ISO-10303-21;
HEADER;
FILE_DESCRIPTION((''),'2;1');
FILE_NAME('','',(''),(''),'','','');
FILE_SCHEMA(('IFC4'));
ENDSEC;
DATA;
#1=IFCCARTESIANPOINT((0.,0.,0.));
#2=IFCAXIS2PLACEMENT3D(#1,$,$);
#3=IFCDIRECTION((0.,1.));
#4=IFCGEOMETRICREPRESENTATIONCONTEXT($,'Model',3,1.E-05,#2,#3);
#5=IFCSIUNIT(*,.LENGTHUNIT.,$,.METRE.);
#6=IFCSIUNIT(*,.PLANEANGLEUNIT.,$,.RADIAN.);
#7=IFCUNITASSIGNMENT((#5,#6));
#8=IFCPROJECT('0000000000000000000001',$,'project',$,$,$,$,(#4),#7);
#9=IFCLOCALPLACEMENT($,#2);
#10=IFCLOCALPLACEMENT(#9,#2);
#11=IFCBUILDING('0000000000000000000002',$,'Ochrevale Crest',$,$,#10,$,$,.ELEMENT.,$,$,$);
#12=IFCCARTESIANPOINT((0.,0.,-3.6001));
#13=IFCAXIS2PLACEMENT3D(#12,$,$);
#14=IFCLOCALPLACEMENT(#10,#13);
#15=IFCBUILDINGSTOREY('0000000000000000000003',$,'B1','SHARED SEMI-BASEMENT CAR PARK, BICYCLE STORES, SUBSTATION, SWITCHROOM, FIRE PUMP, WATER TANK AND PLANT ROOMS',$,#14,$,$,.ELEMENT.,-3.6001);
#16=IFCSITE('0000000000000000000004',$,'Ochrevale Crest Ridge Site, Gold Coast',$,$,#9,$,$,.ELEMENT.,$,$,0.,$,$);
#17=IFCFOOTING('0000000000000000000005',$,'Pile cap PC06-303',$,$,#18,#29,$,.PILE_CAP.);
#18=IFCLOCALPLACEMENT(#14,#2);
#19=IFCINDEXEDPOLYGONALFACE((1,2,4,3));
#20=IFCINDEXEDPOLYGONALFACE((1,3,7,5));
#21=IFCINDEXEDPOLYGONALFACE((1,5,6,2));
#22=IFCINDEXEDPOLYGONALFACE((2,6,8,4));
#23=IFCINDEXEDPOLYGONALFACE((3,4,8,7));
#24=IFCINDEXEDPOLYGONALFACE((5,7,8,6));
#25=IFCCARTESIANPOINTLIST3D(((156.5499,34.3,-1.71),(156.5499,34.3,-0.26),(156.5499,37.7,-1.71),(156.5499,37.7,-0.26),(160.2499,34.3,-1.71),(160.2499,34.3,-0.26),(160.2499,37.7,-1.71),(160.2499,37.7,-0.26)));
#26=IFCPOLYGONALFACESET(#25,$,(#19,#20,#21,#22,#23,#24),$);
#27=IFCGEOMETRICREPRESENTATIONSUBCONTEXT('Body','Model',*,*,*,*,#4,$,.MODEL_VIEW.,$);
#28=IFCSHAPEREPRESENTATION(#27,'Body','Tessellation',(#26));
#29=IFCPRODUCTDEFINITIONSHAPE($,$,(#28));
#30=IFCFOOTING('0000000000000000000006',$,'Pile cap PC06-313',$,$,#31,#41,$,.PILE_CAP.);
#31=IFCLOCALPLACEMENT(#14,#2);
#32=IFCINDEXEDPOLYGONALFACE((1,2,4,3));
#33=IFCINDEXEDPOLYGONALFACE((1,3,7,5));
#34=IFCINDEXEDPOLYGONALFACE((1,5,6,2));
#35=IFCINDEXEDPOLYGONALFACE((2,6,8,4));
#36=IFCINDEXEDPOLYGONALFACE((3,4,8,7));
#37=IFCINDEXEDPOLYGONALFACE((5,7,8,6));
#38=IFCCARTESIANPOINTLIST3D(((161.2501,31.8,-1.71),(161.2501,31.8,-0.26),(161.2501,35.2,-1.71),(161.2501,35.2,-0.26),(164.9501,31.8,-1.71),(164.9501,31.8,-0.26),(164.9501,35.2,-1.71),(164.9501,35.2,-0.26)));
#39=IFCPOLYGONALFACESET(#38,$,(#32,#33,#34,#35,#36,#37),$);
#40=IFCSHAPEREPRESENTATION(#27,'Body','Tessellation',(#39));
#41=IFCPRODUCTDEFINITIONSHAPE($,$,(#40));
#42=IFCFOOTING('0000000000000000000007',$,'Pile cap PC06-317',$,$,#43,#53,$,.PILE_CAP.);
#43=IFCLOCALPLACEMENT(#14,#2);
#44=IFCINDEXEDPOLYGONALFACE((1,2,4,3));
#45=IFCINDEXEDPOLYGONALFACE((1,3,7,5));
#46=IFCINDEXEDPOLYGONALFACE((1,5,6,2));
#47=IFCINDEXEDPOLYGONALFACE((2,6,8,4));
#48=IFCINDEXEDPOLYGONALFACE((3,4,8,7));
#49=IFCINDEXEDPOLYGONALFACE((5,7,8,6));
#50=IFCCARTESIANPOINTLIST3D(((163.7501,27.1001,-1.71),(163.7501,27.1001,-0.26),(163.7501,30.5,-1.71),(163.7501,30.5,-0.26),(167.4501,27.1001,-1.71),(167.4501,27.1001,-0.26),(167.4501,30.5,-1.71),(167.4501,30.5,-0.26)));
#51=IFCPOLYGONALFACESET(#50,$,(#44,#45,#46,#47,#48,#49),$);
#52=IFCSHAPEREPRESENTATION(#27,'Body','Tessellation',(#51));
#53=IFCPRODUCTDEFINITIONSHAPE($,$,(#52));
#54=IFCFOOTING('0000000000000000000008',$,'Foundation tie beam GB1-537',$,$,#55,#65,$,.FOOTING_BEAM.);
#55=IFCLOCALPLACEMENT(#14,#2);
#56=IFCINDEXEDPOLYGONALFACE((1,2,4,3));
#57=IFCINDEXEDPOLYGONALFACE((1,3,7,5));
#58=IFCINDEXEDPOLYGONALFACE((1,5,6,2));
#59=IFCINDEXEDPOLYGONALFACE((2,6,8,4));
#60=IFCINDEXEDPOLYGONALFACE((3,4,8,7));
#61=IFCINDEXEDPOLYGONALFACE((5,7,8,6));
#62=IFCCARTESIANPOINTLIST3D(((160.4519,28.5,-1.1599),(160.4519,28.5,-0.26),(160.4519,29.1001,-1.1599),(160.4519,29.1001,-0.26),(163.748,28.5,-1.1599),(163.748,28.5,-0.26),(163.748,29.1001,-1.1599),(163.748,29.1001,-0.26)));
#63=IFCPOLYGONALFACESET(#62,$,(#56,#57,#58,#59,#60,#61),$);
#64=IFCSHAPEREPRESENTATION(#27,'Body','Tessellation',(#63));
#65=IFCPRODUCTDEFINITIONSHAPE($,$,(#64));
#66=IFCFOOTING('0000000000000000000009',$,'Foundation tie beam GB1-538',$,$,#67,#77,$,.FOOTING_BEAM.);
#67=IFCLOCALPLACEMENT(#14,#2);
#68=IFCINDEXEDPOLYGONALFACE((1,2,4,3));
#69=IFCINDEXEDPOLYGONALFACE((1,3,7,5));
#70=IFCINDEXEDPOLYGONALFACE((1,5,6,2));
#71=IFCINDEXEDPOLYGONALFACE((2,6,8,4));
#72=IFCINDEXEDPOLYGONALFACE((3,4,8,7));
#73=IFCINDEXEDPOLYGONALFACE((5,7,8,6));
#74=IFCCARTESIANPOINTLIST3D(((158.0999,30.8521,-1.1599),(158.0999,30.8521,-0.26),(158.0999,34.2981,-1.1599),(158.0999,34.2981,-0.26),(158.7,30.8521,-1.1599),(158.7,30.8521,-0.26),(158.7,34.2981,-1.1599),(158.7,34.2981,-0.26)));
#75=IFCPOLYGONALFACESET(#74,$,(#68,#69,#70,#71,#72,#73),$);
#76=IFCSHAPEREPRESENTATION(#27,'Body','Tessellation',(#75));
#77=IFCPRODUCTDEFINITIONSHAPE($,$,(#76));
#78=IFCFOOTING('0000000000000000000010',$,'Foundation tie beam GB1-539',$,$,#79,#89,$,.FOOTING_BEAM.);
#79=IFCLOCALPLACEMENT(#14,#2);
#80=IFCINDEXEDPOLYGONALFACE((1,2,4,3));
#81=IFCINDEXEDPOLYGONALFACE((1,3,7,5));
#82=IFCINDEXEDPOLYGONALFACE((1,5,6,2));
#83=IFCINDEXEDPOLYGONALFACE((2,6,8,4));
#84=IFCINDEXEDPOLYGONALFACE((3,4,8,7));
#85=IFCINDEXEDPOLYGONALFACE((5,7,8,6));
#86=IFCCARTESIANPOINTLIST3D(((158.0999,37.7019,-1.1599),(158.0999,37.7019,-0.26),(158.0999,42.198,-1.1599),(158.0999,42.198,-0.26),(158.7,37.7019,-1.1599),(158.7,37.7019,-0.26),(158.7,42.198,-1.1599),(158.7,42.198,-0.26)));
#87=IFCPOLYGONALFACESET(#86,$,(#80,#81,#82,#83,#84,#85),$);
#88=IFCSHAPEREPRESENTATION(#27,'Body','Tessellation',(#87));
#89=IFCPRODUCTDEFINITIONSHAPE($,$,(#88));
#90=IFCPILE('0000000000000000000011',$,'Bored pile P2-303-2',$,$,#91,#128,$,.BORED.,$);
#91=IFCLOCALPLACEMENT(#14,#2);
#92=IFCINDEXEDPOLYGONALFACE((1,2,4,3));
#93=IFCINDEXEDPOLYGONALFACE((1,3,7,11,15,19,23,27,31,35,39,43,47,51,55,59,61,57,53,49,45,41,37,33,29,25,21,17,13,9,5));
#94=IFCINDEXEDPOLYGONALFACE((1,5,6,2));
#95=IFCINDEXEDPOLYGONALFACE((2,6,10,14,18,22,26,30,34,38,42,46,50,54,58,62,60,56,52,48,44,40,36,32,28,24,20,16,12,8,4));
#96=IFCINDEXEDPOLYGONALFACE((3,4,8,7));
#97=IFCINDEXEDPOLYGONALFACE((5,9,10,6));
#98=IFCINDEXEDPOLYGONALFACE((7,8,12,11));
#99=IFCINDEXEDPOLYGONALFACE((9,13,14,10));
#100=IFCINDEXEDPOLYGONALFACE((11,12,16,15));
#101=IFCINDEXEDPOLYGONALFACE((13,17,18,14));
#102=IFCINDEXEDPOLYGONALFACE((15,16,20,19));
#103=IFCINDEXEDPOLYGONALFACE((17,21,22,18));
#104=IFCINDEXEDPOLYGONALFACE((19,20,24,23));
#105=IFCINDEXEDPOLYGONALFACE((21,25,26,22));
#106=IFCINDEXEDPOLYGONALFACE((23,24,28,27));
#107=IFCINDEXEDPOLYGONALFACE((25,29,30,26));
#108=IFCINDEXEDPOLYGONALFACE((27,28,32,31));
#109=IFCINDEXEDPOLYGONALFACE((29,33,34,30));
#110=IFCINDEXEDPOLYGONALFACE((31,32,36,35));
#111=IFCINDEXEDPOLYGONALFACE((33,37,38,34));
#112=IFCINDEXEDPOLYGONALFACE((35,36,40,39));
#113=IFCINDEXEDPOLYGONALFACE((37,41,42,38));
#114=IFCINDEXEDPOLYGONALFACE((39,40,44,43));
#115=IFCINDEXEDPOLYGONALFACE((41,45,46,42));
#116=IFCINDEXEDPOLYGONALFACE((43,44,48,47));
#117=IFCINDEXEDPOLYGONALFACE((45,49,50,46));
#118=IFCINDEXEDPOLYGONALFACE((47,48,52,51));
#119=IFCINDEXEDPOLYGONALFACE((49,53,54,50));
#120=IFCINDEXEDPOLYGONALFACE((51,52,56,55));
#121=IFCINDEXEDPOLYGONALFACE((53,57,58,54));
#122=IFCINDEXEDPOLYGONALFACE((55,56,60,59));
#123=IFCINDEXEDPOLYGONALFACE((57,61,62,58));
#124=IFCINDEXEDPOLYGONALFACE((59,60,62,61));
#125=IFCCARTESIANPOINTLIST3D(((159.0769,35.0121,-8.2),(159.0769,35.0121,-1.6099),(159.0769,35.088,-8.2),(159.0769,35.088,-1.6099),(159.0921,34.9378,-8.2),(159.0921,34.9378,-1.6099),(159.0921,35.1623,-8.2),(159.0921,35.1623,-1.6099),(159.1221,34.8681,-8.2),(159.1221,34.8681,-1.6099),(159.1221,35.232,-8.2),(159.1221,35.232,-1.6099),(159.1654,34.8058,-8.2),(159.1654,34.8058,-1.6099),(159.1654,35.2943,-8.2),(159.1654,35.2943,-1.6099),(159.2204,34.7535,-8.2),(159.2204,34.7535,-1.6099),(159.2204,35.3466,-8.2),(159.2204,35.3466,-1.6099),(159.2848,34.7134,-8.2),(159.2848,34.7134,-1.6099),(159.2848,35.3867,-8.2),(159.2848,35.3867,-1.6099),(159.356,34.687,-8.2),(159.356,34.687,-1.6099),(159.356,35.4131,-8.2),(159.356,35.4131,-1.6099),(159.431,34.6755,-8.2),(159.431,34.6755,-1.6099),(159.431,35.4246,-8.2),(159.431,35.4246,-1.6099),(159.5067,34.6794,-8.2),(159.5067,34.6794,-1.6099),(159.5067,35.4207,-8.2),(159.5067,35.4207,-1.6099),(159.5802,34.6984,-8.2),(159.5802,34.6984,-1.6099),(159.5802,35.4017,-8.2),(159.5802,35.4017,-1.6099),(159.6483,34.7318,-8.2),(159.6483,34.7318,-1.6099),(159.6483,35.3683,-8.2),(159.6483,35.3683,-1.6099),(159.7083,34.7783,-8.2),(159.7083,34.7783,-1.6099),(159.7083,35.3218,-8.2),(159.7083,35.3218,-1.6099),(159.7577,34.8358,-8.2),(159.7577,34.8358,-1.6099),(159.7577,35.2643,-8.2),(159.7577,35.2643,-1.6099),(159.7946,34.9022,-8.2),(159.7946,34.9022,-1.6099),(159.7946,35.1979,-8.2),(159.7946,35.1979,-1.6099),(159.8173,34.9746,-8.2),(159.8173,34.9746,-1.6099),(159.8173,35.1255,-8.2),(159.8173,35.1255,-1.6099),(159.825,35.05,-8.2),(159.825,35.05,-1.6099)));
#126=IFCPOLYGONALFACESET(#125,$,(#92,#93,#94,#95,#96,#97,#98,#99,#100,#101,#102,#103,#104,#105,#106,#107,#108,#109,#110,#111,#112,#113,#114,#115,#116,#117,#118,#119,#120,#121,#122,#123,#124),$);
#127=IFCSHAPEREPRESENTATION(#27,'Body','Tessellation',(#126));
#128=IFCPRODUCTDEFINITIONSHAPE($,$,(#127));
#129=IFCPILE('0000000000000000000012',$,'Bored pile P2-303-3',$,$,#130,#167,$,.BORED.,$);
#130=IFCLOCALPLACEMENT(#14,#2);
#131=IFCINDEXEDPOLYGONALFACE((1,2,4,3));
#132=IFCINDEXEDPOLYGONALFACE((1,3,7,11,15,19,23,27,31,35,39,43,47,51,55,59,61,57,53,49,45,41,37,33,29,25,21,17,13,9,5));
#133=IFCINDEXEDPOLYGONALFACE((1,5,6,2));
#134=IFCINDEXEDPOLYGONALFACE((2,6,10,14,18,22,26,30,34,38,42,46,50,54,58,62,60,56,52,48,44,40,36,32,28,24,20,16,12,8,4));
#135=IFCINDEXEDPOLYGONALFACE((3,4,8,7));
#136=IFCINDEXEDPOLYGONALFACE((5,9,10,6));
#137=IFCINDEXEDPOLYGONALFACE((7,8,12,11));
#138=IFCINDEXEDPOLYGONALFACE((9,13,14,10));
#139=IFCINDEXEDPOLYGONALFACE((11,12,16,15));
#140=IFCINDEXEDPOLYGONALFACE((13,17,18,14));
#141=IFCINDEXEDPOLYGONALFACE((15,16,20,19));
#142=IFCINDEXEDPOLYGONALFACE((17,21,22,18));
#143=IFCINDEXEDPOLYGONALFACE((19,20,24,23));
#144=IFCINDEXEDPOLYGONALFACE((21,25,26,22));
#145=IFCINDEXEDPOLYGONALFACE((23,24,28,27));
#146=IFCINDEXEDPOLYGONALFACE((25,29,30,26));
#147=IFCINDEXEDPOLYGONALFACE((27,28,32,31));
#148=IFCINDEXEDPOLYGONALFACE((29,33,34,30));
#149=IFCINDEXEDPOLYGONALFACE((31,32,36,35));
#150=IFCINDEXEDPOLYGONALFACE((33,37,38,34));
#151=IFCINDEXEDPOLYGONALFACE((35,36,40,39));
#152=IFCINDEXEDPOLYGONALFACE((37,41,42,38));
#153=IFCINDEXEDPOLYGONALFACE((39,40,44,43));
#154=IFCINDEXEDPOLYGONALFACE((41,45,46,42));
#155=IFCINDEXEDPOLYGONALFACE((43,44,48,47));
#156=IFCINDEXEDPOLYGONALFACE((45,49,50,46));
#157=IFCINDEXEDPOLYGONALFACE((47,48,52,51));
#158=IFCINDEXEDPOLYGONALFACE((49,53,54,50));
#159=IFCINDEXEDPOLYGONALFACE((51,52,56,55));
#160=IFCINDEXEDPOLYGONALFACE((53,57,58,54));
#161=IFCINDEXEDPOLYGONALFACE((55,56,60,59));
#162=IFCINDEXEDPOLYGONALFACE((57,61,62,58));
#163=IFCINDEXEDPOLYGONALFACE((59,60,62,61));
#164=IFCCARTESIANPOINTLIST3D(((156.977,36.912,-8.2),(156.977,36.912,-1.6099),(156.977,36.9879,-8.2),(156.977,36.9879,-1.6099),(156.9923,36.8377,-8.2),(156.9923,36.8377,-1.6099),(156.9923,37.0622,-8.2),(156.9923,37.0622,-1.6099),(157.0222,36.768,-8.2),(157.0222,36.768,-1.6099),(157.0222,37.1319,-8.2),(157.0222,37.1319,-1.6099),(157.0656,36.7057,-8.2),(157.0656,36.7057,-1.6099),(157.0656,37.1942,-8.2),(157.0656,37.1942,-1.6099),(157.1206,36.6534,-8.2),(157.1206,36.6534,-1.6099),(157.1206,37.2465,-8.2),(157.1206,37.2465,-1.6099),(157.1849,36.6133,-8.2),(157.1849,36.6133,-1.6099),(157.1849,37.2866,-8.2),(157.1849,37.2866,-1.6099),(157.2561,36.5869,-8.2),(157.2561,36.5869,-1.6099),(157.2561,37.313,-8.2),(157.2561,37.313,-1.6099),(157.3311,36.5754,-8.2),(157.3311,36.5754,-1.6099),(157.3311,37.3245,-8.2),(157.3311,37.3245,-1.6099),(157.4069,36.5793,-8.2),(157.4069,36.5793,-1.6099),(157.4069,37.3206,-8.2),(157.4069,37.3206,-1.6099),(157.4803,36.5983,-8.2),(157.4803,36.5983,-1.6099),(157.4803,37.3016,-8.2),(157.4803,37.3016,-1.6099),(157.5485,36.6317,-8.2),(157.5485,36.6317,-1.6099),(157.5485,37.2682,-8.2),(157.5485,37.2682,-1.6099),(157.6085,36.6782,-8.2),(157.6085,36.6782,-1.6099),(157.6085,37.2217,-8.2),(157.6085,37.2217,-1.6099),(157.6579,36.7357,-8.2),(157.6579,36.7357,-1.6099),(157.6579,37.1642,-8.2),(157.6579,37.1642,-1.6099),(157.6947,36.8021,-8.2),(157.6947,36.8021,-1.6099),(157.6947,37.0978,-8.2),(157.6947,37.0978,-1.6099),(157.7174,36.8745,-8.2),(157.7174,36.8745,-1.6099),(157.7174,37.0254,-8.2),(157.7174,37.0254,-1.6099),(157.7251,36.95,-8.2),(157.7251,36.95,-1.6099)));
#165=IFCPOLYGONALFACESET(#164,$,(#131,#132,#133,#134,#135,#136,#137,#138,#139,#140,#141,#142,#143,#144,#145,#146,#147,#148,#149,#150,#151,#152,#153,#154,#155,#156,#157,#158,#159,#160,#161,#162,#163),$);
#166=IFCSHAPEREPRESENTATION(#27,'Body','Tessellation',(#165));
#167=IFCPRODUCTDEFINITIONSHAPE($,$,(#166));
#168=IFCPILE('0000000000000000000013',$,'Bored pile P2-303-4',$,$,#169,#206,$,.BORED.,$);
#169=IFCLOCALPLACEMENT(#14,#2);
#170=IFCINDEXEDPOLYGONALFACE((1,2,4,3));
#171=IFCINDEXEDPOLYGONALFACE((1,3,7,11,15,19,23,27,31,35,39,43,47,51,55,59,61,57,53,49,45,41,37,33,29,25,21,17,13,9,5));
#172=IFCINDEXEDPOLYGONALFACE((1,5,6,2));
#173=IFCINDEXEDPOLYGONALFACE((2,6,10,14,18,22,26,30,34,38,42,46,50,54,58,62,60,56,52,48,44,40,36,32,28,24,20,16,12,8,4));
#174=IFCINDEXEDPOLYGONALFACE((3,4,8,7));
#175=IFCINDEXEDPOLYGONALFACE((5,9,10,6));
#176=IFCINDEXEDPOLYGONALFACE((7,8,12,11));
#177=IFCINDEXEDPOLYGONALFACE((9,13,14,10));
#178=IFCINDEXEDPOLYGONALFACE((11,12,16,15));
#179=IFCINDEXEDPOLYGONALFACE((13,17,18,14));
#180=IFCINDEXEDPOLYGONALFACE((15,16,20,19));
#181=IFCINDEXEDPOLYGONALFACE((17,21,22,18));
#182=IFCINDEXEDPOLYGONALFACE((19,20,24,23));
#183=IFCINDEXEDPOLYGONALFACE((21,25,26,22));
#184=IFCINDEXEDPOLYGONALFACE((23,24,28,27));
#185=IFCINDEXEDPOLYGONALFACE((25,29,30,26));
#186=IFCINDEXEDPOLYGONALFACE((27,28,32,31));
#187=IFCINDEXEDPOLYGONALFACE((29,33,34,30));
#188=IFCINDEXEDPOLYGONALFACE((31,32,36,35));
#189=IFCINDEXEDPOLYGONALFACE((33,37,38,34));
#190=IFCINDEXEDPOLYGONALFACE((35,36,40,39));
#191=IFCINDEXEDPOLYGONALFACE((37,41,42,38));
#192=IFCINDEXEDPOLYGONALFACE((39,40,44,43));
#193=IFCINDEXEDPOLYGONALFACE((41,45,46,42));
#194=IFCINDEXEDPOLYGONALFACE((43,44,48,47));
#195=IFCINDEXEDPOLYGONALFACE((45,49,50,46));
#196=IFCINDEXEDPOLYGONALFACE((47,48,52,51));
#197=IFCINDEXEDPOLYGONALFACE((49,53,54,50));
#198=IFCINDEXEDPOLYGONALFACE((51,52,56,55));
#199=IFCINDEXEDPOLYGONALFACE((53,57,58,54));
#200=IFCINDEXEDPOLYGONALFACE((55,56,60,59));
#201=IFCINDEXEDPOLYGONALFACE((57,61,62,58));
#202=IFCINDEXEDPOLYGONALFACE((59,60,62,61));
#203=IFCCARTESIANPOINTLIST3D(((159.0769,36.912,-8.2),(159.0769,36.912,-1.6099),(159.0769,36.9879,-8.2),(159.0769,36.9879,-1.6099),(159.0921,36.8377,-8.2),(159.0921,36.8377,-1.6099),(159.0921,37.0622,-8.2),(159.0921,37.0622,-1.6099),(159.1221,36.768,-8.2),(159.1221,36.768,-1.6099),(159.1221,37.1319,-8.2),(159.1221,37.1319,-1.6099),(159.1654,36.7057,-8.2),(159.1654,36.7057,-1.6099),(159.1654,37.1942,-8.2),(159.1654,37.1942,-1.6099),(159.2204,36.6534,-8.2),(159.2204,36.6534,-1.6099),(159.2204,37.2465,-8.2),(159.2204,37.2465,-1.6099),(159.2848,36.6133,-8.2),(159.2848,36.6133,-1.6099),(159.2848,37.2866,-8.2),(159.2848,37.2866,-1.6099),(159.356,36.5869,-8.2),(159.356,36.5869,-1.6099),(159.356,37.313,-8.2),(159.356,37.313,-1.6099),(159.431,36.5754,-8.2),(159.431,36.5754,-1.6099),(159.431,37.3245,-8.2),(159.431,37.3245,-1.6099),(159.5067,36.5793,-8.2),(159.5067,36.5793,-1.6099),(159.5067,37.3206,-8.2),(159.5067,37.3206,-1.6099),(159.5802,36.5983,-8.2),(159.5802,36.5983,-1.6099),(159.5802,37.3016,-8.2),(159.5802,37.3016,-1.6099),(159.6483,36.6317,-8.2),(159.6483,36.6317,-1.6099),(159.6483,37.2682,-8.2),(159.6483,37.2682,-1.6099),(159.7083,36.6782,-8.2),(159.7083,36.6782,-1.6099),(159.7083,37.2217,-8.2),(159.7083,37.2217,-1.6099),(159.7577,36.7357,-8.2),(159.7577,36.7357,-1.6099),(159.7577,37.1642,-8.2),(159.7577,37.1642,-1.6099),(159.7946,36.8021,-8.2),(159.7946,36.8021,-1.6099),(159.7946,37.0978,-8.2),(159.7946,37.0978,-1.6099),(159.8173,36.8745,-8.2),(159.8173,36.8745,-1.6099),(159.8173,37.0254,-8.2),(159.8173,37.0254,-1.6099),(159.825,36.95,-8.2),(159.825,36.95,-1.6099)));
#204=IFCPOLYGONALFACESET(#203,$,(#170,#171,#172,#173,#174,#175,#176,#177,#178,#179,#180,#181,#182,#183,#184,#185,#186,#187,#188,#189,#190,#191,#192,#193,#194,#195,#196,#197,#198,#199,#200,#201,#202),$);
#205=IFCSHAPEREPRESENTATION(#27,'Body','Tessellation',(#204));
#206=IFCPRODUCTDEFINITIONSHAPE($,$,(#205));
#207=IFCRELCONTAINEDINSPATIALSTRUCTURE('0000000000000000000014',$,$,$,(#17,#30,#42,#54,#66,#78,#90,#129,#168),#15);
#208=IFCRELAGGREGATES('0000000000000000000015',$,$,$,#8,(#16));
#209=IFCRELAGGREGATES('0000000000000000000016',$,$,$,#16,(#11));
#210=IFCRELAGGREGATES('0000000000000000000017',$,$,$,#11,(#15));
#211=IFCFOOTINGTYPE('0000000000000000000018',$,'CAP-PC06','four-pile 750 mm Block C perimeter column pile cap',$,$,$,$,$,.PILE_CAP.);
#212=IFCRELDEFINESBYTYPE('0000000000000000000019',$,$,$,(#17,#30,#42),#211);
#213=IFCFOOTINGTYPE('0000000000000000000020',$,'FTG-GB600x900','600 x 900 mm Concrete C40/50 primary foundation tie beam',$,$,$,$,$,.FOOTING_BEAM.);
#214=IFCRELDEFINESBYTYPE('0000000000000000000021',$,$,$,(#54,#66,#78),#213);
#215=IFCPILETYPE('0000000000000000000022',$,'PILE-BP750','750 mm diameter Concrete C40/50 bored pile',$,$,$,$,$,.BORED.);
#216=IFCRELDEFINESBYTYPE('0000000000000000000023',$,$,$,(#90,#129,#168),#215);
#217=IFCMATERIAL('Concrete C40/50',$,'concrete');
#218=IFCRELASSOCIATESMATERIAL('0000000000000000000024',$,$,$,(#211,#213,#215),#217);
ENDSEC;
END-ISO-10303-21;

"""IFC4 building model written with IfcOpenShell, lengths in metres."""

from ifc_helpers import new_model, si_unit, direction, frame, origin, origin_2d, place, context, subcontext, project, spatial, rectangle, circle, extrude, material, material_profile, profile_set, type_object, element, save


model = new_model("IFC4")

# Units and contexts
model_context = context("Model", 3, precision=1e-05, world=origin(), true_north=direction((0.0, 1.0)))
body_context = subcontext(model_context, "Body", "Model", "MODEL_VIEW")
ifc_project = project(units=[si_unit("LENGTHUNIT", "METRE"), si_unit("PLANEANGLEUNIT", "RADIAN")], contexts=[model_context])

# Site, building, storey
site_placement = place(None, origin())
site = spatial("IfcSite", under=ifc_project, at=site_placement, Name="Ochrevale Crest Ridge Site, Gold Coast", CompositionType="ELEMENT", RefElevation=0.0)
building_placement = place(site_placement, origin())
building = spatial("IfcBuilding", under=site, at=building_placement, Name="Ochrevale Crest", CompositionType="ELEMENT")
storey_placement = place(building_placement, frame((0.0, 0.0, -3.6001)))
storey = spatial("IfcBuildingStorey", under=building, at=storey_placement, Name="B1", Description="SHARED SEMI-BASEMENT CAR PARK, BICYCLE STORES, SUBSTATION, SWITCHROOM, FIRE PUMP, WATER TANK AND PLANT ROOMS", CompositionType="ELEMENT", Elevation=-3.6001)

# Footings
ifc_material_1 = material(Name="Concrete C40/50", Category="concrete")
footing_type_1 = type_object("IfcFootingType", Name="CAP-PC06", Description="four-pile 750 mm Block C perimeter column pile cap", PredefinedType="PILE_CAP", material=ifc_material_1)
for number, where, z_axis, x_axis, name in (
    (1, (158.3999, 36.0, -1.71), (0.0, 0.0, 1.0), (1.0, 0.0, 0.0), "Pile cap PC06-303"),
    (2, (163.1001, 33.5, -1.71), (0.0, 0.0, 1.0), (1.0, 0.0, 0.0), "Pile cap PC06-313"),
    (3, (165.6001, 28.8, -1.71), (0.0, 0.0, 1.0), (1.0, 0.0, 0.0), "Pile cap PC06-317"),
):
    element("IfcFooting", number, at=place(storey_placement, frame(where, z_axis=z_axis, x_axis=x_axis)), inside=storey, type_object=footing_type_1, Name=name, PredefinedType="PILE_CAP", context=body_context, shape_type="SweptSolid", body=[
        extrude(rectangle(XDim=3.7, YDim=3.3999, at=origin_2d()), origin(), (0.0, 0.0, 1.0), 1.45),
    ])
ifc_material_profile_1 = material_profile(ifc_material_1, rectangle(XDim=0.6001, YDim=0.8999, at=origin_2d()), Name="GB 600x900")
ifc_profile_set_1 = profile_set([ifc_material_profile_1], Name="Concrete C40/50")
footing_type_2 = type_object("IfcFootingType", Name="FTG-GB600x900", Description="600 x 900 mm Concrete C40/50 primary foundation tie beam", PredefinedType="FOOTING_BEAM", material=ifc_profile_set_1)
footing_1_placement = place(storey_placement, frame((160.4519, 28.8, -0.71), z_axis=(1.0, 0.0, 0.0), x_axis=(0.0, 1.0, 0.0)))
element("IfcFooting", 4, at=footing_1_placement, inside=storey, type_object=footing_type_2, Name="Foundation tie beam GB1-537", PredefinedType="FOOTING_BEAM", context=body_context, shape_type="SweptSolid", body=[
    extrude(rectangle(XDim=0.6001, YDim=0.8999, at=origin_2d()), origin(), (0.0, 0.0, 1.0), 3.2961),
])
footing_2_placement = place(storey_placement, frame((158.3999, 30.8521, -0.71), z_axis=(0.0, 1.0, 0.0), x_axis=(-1.0, 0.0, 0.0)))
element("IfcFooting", 5, at=footing_2_placement, inside=storey, type_object=footing_type_2, Name="Foundation tie beam GB1-538", PredefinedType="FOOTING_BEAM", context=body_context, shape_type="SweptSolid", body=[
    extrude(rectangle(XDim=0.6001, YDim=0.8999, at=origin_2d()), origin(), (0.0, 0.0, 1.0), 3.446),
])
footing_3_placement = place(storey_placement, frame((158.3999, 37.7019, -0.71), z_axis=(0.0, 1.0, 0.0), x_axis=(-1.0, 0.0, 0.0)))
element("IfcFooting", 6, at=footing_3_placement, inside=storey, type_object=footing_type_2, Name="Foundation tie beam GB1-539", PredefinedType="FOOTING_BEAM", context=body_context, shape_type="SweptSolid", body=[
    extrude(rectangle(XDim=0.6001, YDim=0.8999, at=origin_2d()), origin(), (0.0, 0.0, 1.0), 4.4961),
])

# Piles
ifc_material_profile_2 = material_profile(ifc_material_1, circle(Radius=0.375, at=origin_2d()), Name="BORED PILE 750")
ifc_profile_set_2 = profile_set([ifc_material_profile_2], Name="Concrete C40/50")
pile_type_1 = type_object("IfcPileType", Name="PILE-BP750", Description="750 mm diameter Concrete C40/50 bored pile", PredefinedType="BORED", material=ifc_profile_set_2)
for number, where, z_axis, x_axis, name in (
    (7, (159.45, 35.05, -1.6099), (0.0, 0.0, -1.0), (1.0, 0.0, 0.0), "Bored pile P2-303-2"),
    (8, (157.3501, 36.95, -1.6099), (0.0, 0.0, -1.0), (1.0, 0.0, 0.0), "Bored pile P2-303-3"),
    (9, (159.45, 36.95, -1.6099), (0.0, 0.0, -1.0), (1.0, 0.0, 0.0), "Bored pile P2-303-4"),
):
    element("IfcPile", number, at=place(storey_placement, frame(where, z_axis=z_axis, x_axis=x_axis)), inside=storey, type_object=pile_type_1, Name=name, PredefinedType="BORED", context=body_context, shape_type="SweptSolid", body=[
        extrude(circle(Radius=0.375, at=origin_2d()), origin(), (0.0, 0.0, 1.0), 6.5901),
    ])

save(model, "model.ifc")
